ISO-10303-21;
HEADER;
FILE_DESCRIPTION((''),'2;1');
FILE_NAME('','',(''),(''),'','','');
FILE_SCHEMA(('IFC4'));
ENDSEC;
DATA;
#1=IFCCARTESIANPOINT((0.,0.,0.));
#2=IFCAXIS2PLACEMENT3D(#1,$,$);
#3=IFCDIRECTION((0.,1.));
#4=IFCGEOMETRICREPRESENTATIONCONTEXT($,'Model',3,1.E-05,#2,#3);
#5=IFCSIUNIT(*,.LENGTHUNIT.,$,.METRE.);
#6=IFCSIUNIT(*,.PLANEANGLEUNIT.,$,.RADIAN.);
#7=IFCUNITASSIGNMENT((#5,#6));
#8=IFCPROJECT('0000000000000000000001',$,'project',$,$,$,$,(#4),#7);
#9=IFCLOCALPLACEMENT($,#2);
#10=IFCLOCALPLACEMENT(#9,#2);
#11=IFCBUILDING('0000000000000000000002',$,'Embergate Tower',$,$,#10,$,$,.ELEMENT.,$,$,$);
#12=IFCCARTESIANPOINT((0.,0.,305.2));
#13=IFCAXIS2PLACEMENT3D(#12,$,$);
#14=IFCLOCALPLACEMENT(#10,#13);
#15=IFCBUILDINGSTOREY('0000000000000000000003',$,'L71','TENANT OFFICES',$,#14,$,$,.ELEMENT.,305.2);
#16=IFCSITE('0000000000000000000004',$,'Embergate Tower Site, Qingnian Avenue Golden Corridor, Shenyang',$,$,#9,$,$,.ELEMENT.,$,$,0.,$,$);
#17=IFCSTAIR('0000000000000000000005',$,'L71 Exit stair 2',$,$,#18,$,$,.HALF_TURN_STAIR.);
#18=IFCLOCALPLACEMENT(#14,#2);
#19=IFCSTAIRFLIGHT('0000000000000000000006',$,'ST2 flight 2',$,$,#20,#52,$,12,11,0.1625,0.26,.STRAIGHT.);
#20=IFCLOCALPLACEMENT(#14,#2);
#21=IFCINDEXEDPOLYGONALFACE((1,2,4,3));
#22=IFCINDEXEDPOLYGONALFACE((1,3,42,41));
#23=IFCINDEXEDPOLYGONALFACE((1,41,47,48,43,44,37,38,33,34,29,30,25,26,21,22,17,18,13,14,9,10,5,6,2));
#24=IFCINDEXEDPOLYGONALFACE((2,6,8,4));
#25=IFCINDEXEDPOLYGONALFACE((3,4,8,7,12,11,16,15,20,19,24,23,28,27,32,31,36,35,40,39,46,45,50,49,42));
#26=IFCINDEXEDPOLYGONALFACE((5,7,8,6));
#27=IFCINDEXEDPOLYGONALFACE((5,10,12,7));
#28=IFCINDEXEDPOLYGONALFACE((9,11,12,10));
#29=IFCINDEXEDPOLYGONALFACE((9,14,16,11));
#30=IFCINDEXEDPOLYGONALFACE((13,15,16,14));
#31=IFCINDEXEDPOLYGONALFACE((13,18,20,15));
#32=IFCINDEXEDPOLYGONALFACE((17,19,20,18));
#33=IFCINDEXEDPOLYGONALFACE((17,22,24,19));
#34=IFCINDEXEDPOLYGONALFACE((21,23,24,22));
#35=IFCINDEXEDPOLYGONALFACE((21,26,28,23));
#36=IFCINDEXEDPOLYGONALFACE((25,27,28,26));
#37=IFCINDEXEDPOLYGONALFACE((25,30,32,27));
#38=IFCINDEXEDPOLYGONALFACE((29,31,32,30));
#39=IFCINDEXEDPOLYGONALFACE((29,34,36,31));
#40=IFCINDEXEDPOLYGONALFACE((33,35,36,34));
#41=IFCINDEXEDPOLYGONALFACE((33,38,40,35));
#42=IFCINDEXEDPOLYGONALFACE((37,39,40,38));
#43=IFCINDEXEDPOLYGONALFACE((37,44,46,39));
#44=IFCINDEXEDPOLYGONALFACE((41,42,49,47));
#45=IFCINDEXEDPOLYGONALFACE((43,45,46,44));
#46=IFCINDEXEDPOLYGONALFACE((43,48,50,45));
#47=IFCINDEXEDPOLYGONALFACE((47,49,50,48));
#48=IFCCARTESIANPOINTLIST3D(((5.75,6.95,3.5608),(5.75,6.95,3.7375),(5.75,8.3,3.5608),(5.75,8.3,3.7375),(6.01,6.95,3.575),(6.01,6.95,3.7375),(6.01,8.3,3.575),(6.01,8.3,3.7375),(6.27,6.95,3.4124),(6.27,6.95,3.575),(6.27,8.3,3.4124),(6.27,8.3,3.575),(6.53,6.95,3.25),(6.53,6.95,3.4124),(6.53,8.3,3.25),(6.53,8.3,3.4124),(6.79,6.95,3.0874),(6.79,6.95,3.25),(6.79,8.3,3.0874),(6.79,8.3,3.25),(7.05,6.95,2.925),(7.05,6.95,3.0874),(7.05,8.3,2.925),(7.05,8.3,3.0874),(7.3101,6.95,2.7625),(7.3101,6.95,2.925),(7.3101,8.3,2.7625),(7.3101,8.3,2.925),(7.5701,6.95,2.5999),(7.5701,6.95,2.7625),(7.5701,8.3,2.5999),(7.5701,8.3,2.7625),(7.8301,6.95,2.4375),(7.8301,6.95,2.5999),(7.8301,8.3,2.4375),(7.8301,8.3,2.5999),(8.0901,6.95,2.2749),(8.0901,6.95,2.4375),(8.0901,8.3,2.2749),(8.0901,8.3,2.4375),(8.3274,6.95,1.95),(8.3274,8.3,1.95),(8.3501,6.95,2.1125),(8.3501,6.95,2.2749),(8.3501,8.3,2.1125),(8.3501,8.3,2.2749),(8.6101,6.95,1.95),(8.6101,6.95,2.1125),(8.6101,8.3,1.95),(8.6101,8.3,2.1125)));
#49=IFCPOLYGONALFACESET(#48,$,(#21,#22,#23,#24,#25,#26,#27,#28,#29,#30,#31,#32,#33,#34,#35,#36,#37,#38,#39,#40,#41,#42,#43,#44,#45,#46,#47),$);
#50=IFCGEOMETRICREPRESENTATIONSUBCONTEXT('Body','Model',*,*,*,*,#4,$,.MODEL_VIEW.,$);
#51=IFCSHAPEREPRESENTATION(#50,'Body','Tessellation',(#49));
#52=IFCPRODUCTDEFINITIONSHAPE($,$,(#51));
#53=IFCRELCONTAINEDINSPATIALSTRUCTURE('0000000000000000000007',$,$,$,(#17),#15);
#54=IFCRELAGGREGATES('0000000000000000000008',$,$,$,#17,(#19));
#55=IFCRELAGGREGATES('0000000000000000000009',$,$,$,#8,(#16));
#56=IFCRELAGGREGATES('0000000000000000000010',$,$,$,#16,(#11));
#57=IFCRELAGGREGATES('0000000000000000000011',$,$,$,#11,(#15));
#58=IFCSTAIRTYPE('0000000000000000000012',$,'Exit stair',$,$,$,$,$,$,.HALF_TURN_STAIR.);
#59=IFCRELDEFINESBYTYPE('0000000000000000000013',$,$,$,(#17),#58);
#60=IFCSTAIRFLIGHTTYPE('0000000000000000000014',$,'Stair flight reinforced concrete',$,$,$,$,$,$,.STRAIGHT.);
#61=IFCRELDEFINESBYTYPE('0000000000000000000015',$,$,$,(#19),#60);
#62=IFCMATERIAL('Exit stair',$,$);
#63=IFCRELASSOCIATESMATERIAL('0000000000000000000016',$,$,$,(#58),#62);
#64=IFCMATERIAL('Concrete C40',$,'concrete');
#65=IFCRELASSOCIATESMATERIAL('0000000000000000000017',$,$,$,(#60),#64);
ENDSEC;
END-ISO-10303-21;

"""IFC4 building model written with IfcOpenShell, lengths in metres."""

from ifc_helpers import new_model, si_unit, direction, frame, origin, place, context, subcontext, project, spatial, polyline, outline, extrude, source, transform, mapped, material, type_object, element, aggregate, save


model = new_model("IFC4")

# Units and contexts
model_context = context("Model", 3, precision=1e-05, world=origin(), true_north=direction((0.0, 1.0)))
body_context = subcontext(model_context, "Body", "Model", "MODEL_VIEW")
ifc_project = project(units=[si_unit("LENGTHUNIT", "METRE"), si_unit("PLANEANGLEUNIT", "RADIAN")], contexts=[model_context])

# Site, building, storey
site_placement = place(None, origin())
site = spatial("IfcSite", under=ifc_project, at=site_placement, Name="Embergate Tower Site, Qingnian Avenue Golden Corridor, Shenyang", CompositionType="ELEMENT", RefElevation=0.0)
building_placement = place(site_placement, origin())
building = spatial("IfcBuilding", under=site, at=building_placement, Name="Embergate Tower", CompositionType="ELEMENT")
storey_placement = place(building_placement, frame((0.0, 0.0, 305.2)))
storey = spatial("IfcBuildingStorey", under=building, at=storey_placement, Name="L71", Description="TENANT OFFICES", CompositionType="ELEMENT", Elevation=305.2)

# Stair, stair flight
ifc_material_1 = material(Name="Exit stair")
stair_type = type_object("IfcStairType", Name="Exit stair", PredefinedType="HALF_TURN_STAIR", material=ifc_material_1)
stair_placement = place(storey_placement, origin())
stair = element("IfcStair", 1, at=stair_placement, inside=storey, type_object=stair_type, Name="L71 Exit stair 2", PredefinedType="HALF_TURN_STAIR")
ifc_material_2 = material(Name="Concrete C40", Category="concrete")
stair_flight_type = type_object("IfcStairFlightType", Name="Stair flight reinforced concrete", PredefinedType="STRAIGHT", material=ifc_material_2)
shared_shape_1 = source(origin(), body_context, "Body", "SweptSolid", [
    extrude(outline(polyline([(0.0, 0.0), (0.0, 0.1626), (0.26, 0.1626), (0.26, 0.325), (0.52, 0.325), (0.52, 0.4875), (0.78, 0.4875), (0.78, 0.6499), (1.04, 0.6499), (1.04, 0.8125), (1.3, 0.8125), (1.3, 0.9751), (1.5601, 0.9751), (1.5601, 1.1375), (1.8201, 1.1375), (1.8201, 1.3), (2.0801, 1.3), (2.0801, 1.4624), (2.3401, 1.4624), (2.3401, 1.625), (2.6001, 1.625), (2.6001, 1.7876), (2.8601, 1.7876), (2.8601, 1.95), (2.8601, 1.6108), (0.2827, 0.0), (0.0, 0.0)])), frame((0.0, 0.675, 0.0), z_axis=(0.0, -1.0, 0.0), x_axis=(1.0, 0.0, 0.0)), (0.0, 0.0, 1.0), 1.3501),
])
stair_flight_1_placement = place(storey_placement, frame((8.6101, 7.625, 1.95), z_axis=(0.0, 0.0, 1.0), x_axis=(-1.0, 0.0, 0.0)))
stair_flight_1 = element("IfcStairFlight", 2, at=stair_flight_1_placement, type_object=stair_flight_type, Name="ST2 flight 2", NumberOfRisers=12, NumberOfTreads=11, PredefinedType="STRAIGHT", RiserHeight=0.1625, TreadLength=0.26, context=body_context, shape_type="MappedRepresentation", body=[
    mapped(shared_shape_1, transform((0.0, 0.0, 0.0))),
])
aggregate(stair, [stair_flight_1])

save(model, "model.ifc")
